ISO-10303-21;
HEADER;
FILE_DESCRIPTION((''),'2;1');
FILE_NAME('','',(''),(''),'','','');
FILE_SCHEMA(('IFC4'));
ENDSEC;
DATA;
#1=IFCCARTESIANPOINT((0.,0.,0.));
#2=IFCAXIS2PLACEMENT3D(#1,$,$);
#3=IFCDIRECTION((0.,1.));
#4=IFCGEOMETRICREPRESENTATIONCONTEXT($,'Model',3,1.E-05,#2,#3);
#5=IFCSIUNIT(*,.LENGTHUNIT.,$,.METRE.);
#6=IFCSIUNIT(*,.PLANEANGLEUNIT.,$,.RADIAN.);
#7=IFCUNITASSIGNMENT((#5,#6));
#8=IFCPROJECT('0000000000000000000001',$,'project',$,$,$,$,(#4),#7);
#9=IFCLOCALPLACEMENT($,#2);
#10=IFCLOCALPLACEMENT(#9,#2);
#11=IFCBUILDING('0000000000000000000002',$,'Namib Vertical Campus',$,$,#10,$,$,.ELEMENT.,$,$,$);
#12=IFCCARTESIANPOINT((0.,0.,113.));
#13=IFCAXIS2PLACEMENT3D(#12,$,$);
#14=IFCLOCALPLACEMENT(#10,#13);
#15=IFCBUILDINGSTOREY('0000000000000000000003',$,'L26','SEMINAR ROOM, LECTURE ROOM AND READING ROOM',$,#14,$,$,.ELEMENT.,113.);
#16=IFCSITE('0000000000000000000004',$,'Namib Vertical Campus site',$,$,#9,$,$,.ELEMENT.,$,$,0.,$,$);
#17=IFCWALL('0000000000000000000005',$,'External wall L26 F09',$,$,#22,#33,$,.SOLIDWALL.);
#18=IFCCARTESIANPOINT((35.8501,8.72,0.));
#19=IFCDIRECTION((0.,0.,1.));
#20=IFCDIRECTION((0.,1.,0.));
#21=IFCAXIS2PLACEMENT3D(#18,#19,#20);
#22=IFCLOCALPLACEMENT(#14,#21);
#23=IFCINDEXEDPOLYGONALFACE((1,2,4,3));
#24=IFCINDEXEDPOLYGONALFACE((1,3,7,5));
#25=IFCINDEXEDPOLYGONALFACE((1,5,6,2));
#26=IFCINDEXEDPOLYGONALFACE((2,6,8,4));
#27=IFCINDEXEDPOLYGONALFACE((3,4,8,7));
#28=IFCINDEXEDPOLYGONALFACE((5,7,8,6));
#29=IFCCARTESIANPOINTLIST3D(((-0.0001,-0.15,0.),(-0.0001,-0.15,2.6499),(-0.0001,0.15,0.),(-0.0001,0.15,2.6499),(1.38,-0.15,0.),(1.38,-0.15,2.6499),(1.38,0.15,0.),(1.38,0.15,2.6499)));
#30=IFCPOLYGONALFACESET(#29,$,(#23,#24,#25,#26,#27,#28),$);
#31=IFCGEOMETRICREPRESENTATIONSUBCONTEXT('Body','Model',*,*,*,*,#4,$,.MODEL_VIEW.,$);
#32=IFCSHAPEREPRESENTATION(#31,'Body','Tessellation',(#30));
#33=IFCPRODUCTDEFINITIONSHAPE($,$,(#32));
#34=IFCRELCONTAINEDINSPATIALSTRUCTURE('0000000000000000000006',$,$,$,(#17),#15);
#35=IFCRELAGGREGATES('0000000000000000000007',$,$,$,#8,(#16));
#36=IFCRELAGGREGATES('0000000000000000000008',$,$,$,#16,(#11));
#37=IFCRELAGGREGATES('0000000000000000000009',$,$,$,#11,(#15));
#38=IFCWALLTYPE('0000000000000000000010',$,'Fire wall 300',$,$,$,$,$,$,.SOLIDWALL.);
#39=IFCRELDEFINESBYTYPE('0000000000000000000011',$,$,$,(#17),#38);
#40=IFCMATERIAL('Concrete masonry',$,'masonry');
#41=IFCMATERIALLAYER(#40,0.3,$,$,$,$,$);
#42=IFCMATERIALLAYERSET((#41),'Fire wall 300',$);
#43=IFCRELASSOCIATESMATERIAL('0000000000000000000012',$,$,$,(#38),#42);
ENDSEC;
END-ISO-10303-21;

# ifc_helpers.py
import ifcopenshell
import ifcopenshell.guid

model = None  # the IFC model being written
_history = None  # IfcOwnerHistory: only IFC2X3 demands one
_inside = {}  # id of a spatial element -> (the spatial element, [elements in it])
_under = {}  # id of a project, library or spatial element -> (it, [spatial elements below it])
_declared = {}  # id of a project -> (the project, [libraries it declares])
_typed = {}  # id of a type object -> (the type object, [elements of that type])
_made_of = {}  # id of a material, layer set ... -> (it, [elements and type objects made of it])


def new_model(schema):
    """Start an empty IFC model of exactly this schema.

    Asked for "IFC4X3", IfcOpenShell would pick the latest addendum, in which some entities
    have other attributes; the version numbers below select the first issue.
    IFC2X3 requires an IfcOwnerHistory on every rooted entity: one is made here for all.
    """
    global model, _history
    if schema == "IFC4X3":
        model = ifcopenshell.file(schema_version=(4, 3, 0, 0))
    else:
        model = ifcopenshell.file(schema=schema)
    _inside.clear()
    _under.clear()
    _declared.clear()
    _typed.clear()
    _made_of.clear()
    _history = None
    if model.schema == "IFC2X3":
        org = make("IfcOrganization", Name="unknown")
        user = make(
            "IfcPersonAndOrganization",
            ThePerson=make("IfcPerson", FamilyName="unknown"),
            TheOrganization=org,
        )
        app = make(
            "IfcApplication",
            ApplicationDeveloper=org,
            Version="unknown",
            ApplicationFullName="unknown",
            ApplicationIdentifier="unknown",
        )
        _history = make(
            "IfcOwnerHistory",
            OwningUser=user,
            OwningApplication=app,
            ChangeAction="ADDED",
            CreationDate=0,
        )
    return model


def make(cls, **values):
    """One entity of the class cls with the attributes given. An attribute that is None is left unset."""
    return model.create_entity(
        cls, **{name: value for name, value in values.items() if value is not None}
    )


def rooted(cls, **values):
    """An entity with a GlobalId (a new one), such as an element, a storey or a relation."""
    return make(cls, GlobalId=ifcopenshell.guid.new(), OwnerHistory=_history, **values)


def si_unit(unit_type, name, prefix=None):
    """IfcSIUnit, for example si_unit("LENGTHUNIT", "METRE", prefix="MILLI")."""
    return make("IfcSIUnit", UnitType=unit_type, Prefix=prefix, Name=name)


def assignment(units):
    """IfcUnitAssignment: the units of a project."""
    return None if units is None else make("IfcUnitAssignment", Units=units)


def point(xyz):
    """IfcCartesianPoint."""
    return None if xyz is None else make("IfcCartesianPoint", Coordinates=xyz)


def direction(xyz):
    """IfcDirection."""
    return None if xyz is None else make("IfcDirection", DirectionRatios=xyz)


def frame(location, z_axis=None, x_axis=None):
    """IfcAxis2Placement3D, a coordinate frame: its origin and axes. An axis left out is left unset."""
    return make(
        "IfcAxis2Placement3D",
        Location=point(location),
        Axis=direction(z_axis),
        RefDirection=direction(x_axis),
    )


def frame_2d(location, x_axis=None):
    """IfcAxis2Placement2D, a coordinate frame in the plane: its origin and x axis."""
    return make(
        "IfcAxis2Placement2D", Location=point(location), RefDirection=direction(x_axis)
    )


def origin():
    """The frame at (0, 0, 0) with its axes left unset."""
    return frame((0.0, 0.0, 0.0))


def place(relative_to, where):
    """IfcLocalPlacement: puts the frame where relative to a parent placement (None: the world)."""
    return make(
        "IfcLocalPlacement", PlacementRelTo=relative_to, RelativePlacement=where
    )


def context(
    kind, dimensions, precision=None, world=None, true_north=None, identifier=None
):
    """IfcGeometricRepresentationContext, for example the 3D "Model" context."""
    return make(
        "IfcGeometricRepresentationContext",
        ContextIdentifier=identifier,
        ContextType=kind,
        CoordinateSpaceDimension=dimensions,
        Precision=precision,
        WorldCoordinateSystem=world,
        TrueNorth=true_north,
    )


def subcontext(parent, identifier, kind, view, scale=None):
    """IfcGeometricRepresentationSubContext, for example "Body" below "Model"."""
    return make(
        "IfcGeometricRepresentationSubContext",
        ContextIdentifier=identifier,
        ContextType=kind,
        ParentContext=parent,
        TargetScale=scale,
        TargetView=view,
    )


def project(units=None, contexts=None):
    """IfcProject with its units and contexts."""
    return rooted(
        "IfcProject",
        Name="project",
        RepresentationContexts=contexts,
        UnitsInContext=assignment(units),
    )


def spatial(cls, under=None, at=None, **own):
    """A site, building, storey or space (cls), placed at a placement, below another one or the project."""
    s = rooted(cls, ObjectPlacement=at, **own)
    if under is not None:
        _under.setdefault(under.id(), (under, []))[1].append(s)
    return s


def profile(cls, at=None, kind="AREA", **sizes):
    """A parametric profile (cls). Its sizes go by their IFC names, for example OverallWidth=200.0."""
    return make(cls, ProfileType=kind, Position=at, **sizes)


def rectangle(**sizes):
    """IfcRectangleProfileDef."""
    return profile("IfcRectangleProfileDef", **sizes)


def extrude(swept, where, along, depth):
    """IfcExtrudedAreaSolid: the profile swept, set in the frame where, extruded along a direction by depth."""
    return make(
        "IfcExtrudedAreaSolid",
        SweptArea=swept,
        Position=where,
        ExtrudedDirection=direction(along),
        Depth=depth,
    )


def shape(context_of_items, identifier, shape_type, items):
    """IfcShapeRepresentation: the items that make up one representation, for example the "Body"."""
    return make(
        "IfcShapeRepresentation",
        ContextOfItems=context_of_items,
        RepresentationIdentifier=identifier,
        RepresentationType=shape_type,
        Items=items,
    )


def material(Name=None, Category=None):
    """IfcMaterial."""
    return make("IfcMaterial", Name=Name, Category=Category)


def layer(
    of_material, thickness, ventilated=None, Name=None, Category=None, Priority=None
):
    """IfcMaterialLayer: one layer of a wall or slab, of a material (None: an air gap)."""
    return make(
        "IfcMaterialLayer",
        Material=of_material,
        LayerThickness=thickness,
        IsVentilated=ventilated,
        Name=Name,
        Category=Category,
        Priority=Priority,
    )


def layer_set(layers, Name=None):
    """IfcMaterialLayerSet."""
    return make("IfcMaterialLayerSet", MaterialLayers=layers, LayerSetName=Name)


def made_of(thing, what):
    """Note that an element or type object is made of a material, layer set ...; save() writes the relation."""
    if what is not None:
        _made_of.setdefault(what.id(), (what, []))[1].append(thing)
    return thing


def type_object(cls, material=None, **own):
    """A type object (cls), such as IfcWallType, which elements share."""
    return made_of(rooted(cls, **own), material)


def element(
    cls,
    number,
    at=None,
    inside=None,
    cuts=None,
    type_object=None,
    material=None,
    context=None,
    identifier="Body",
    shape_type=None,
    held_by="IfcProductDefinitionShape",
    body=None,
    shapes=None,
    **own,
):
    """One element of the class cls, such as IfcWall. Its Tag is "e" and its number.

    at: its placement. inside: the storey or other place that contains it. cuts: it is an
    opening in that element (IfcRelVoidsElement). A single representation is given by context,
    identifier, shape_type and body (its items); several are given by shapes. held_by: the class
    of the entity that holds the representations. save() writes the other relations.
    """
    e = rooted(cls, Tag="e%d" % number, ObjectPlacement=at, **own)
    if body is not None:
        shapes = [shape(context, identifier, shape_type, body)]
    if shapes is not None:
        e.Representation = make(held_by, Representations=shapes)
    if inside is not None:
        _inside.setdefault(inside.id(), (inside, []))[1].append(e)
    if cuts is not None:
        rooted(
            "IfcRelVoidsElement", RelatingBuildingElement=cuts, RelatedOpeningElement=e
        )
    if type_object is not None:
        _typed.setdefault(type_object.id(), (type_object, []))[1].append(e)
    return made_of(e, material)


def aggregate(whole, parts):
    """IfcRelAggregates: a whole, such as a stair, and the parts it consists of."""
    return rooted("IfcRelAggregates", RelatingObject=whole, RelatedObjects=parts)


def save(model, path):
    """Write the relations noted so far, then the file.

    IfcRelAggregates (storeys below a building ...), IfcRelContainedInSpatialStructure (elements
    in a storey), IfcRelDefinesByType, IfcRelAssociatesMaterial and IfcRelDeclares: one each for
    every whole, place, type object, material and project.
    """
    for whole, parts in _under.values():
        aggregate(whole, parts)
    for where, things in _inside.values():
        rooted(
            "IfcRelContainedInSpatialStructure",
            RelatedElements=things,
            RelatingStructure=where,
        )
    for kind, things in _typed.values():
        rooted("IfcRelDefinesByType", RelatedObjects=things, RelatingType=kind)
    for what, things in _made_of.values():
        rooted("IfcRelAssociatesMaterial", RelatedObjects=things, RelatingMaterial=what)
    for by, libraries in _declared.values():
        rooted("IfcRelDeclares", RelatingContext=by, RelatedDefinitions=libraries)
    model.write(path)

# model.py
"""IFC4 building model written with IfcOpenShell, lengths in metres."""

from ifc_helpers import new_model, si_unit, direction, frame, frame_2d, origin, place, context, subcontext, project, spatial, rectangle, extrude, material, layer, layer_set, type_object, element, save


model = new_model("IFC4")

# Units and contexts
model_context = context("Model", 3, precision=1e-05, world=origin(), true_north=direction((0.0, 1.0)))
body_context = subcontext(model_context, "Body", "Model", "MODEL_VIEW")
ifc_project = project(units=[si_unit("LENGTHUNIT", "METRE"), si_unit("PLANEANGLEUNIT", "RADIAN")], contexts=[model_context])

# Site, building, storey
site_placement = place(None, origin())
site = spatial("IfcSite", under=ifc_project, at=site_placement, Name="Namib Vertical Campus site", CompositionType="ELEMENT", RefElevation=0.0)
building_placement = place(site_placement, origin())
building = spatial("IfcBuilding", under=site, at=building_placement, Name="Namib Vertical Campus", CompositionType="ELEMENT")
storey_placement = place(building_placement, frame((0.0, 0.0, 113.0)))
storey = spatial("IfcBuildingStorey", under=building, at=storey_placement, Name="L26", Description="SEMINAR ROOM, LECTURE ROOM AND READING ROOM", CompositionType="ELEMENT", Elevation=113.0)

# Wall
ifc_material_1 = material(Name="Concrete masonry", Category="masonry")
ifc_layer_1 = layer(ifc_material_1, 0.3)
ifc_layer_set_1 = layer_set([ifc_layer_1], Name="Fire wall 300")
wall_type_1 = type_object("IfcWallType", Name="Fire wall 300", PredefinedType="SOLIDWALL", material=ifc_layer_set_1)
wall_1_placement = place(storey_placement, frame((35.8501, 8.72, 0.0), z_axis=(0.0, 0.0, 1.0), x_axis=(0.0, 1.0, 0.0)))
element("IfcWall", 1, at=wall_1_placement, inside=storey, type_object=wall_type_1, Name="External wall L26 F09", PredefinedType="SOLIDWALL", context=body_context, shape_type="SweptSolid", body=[
    extrude(rectangle(XDim=1.3801, YDim=0.3, at=frame_2d((0.6899, 0.0))), origin(), (0.0, 0.0, 1.0), 2.6499),
])

save(model, "model.ifc")
